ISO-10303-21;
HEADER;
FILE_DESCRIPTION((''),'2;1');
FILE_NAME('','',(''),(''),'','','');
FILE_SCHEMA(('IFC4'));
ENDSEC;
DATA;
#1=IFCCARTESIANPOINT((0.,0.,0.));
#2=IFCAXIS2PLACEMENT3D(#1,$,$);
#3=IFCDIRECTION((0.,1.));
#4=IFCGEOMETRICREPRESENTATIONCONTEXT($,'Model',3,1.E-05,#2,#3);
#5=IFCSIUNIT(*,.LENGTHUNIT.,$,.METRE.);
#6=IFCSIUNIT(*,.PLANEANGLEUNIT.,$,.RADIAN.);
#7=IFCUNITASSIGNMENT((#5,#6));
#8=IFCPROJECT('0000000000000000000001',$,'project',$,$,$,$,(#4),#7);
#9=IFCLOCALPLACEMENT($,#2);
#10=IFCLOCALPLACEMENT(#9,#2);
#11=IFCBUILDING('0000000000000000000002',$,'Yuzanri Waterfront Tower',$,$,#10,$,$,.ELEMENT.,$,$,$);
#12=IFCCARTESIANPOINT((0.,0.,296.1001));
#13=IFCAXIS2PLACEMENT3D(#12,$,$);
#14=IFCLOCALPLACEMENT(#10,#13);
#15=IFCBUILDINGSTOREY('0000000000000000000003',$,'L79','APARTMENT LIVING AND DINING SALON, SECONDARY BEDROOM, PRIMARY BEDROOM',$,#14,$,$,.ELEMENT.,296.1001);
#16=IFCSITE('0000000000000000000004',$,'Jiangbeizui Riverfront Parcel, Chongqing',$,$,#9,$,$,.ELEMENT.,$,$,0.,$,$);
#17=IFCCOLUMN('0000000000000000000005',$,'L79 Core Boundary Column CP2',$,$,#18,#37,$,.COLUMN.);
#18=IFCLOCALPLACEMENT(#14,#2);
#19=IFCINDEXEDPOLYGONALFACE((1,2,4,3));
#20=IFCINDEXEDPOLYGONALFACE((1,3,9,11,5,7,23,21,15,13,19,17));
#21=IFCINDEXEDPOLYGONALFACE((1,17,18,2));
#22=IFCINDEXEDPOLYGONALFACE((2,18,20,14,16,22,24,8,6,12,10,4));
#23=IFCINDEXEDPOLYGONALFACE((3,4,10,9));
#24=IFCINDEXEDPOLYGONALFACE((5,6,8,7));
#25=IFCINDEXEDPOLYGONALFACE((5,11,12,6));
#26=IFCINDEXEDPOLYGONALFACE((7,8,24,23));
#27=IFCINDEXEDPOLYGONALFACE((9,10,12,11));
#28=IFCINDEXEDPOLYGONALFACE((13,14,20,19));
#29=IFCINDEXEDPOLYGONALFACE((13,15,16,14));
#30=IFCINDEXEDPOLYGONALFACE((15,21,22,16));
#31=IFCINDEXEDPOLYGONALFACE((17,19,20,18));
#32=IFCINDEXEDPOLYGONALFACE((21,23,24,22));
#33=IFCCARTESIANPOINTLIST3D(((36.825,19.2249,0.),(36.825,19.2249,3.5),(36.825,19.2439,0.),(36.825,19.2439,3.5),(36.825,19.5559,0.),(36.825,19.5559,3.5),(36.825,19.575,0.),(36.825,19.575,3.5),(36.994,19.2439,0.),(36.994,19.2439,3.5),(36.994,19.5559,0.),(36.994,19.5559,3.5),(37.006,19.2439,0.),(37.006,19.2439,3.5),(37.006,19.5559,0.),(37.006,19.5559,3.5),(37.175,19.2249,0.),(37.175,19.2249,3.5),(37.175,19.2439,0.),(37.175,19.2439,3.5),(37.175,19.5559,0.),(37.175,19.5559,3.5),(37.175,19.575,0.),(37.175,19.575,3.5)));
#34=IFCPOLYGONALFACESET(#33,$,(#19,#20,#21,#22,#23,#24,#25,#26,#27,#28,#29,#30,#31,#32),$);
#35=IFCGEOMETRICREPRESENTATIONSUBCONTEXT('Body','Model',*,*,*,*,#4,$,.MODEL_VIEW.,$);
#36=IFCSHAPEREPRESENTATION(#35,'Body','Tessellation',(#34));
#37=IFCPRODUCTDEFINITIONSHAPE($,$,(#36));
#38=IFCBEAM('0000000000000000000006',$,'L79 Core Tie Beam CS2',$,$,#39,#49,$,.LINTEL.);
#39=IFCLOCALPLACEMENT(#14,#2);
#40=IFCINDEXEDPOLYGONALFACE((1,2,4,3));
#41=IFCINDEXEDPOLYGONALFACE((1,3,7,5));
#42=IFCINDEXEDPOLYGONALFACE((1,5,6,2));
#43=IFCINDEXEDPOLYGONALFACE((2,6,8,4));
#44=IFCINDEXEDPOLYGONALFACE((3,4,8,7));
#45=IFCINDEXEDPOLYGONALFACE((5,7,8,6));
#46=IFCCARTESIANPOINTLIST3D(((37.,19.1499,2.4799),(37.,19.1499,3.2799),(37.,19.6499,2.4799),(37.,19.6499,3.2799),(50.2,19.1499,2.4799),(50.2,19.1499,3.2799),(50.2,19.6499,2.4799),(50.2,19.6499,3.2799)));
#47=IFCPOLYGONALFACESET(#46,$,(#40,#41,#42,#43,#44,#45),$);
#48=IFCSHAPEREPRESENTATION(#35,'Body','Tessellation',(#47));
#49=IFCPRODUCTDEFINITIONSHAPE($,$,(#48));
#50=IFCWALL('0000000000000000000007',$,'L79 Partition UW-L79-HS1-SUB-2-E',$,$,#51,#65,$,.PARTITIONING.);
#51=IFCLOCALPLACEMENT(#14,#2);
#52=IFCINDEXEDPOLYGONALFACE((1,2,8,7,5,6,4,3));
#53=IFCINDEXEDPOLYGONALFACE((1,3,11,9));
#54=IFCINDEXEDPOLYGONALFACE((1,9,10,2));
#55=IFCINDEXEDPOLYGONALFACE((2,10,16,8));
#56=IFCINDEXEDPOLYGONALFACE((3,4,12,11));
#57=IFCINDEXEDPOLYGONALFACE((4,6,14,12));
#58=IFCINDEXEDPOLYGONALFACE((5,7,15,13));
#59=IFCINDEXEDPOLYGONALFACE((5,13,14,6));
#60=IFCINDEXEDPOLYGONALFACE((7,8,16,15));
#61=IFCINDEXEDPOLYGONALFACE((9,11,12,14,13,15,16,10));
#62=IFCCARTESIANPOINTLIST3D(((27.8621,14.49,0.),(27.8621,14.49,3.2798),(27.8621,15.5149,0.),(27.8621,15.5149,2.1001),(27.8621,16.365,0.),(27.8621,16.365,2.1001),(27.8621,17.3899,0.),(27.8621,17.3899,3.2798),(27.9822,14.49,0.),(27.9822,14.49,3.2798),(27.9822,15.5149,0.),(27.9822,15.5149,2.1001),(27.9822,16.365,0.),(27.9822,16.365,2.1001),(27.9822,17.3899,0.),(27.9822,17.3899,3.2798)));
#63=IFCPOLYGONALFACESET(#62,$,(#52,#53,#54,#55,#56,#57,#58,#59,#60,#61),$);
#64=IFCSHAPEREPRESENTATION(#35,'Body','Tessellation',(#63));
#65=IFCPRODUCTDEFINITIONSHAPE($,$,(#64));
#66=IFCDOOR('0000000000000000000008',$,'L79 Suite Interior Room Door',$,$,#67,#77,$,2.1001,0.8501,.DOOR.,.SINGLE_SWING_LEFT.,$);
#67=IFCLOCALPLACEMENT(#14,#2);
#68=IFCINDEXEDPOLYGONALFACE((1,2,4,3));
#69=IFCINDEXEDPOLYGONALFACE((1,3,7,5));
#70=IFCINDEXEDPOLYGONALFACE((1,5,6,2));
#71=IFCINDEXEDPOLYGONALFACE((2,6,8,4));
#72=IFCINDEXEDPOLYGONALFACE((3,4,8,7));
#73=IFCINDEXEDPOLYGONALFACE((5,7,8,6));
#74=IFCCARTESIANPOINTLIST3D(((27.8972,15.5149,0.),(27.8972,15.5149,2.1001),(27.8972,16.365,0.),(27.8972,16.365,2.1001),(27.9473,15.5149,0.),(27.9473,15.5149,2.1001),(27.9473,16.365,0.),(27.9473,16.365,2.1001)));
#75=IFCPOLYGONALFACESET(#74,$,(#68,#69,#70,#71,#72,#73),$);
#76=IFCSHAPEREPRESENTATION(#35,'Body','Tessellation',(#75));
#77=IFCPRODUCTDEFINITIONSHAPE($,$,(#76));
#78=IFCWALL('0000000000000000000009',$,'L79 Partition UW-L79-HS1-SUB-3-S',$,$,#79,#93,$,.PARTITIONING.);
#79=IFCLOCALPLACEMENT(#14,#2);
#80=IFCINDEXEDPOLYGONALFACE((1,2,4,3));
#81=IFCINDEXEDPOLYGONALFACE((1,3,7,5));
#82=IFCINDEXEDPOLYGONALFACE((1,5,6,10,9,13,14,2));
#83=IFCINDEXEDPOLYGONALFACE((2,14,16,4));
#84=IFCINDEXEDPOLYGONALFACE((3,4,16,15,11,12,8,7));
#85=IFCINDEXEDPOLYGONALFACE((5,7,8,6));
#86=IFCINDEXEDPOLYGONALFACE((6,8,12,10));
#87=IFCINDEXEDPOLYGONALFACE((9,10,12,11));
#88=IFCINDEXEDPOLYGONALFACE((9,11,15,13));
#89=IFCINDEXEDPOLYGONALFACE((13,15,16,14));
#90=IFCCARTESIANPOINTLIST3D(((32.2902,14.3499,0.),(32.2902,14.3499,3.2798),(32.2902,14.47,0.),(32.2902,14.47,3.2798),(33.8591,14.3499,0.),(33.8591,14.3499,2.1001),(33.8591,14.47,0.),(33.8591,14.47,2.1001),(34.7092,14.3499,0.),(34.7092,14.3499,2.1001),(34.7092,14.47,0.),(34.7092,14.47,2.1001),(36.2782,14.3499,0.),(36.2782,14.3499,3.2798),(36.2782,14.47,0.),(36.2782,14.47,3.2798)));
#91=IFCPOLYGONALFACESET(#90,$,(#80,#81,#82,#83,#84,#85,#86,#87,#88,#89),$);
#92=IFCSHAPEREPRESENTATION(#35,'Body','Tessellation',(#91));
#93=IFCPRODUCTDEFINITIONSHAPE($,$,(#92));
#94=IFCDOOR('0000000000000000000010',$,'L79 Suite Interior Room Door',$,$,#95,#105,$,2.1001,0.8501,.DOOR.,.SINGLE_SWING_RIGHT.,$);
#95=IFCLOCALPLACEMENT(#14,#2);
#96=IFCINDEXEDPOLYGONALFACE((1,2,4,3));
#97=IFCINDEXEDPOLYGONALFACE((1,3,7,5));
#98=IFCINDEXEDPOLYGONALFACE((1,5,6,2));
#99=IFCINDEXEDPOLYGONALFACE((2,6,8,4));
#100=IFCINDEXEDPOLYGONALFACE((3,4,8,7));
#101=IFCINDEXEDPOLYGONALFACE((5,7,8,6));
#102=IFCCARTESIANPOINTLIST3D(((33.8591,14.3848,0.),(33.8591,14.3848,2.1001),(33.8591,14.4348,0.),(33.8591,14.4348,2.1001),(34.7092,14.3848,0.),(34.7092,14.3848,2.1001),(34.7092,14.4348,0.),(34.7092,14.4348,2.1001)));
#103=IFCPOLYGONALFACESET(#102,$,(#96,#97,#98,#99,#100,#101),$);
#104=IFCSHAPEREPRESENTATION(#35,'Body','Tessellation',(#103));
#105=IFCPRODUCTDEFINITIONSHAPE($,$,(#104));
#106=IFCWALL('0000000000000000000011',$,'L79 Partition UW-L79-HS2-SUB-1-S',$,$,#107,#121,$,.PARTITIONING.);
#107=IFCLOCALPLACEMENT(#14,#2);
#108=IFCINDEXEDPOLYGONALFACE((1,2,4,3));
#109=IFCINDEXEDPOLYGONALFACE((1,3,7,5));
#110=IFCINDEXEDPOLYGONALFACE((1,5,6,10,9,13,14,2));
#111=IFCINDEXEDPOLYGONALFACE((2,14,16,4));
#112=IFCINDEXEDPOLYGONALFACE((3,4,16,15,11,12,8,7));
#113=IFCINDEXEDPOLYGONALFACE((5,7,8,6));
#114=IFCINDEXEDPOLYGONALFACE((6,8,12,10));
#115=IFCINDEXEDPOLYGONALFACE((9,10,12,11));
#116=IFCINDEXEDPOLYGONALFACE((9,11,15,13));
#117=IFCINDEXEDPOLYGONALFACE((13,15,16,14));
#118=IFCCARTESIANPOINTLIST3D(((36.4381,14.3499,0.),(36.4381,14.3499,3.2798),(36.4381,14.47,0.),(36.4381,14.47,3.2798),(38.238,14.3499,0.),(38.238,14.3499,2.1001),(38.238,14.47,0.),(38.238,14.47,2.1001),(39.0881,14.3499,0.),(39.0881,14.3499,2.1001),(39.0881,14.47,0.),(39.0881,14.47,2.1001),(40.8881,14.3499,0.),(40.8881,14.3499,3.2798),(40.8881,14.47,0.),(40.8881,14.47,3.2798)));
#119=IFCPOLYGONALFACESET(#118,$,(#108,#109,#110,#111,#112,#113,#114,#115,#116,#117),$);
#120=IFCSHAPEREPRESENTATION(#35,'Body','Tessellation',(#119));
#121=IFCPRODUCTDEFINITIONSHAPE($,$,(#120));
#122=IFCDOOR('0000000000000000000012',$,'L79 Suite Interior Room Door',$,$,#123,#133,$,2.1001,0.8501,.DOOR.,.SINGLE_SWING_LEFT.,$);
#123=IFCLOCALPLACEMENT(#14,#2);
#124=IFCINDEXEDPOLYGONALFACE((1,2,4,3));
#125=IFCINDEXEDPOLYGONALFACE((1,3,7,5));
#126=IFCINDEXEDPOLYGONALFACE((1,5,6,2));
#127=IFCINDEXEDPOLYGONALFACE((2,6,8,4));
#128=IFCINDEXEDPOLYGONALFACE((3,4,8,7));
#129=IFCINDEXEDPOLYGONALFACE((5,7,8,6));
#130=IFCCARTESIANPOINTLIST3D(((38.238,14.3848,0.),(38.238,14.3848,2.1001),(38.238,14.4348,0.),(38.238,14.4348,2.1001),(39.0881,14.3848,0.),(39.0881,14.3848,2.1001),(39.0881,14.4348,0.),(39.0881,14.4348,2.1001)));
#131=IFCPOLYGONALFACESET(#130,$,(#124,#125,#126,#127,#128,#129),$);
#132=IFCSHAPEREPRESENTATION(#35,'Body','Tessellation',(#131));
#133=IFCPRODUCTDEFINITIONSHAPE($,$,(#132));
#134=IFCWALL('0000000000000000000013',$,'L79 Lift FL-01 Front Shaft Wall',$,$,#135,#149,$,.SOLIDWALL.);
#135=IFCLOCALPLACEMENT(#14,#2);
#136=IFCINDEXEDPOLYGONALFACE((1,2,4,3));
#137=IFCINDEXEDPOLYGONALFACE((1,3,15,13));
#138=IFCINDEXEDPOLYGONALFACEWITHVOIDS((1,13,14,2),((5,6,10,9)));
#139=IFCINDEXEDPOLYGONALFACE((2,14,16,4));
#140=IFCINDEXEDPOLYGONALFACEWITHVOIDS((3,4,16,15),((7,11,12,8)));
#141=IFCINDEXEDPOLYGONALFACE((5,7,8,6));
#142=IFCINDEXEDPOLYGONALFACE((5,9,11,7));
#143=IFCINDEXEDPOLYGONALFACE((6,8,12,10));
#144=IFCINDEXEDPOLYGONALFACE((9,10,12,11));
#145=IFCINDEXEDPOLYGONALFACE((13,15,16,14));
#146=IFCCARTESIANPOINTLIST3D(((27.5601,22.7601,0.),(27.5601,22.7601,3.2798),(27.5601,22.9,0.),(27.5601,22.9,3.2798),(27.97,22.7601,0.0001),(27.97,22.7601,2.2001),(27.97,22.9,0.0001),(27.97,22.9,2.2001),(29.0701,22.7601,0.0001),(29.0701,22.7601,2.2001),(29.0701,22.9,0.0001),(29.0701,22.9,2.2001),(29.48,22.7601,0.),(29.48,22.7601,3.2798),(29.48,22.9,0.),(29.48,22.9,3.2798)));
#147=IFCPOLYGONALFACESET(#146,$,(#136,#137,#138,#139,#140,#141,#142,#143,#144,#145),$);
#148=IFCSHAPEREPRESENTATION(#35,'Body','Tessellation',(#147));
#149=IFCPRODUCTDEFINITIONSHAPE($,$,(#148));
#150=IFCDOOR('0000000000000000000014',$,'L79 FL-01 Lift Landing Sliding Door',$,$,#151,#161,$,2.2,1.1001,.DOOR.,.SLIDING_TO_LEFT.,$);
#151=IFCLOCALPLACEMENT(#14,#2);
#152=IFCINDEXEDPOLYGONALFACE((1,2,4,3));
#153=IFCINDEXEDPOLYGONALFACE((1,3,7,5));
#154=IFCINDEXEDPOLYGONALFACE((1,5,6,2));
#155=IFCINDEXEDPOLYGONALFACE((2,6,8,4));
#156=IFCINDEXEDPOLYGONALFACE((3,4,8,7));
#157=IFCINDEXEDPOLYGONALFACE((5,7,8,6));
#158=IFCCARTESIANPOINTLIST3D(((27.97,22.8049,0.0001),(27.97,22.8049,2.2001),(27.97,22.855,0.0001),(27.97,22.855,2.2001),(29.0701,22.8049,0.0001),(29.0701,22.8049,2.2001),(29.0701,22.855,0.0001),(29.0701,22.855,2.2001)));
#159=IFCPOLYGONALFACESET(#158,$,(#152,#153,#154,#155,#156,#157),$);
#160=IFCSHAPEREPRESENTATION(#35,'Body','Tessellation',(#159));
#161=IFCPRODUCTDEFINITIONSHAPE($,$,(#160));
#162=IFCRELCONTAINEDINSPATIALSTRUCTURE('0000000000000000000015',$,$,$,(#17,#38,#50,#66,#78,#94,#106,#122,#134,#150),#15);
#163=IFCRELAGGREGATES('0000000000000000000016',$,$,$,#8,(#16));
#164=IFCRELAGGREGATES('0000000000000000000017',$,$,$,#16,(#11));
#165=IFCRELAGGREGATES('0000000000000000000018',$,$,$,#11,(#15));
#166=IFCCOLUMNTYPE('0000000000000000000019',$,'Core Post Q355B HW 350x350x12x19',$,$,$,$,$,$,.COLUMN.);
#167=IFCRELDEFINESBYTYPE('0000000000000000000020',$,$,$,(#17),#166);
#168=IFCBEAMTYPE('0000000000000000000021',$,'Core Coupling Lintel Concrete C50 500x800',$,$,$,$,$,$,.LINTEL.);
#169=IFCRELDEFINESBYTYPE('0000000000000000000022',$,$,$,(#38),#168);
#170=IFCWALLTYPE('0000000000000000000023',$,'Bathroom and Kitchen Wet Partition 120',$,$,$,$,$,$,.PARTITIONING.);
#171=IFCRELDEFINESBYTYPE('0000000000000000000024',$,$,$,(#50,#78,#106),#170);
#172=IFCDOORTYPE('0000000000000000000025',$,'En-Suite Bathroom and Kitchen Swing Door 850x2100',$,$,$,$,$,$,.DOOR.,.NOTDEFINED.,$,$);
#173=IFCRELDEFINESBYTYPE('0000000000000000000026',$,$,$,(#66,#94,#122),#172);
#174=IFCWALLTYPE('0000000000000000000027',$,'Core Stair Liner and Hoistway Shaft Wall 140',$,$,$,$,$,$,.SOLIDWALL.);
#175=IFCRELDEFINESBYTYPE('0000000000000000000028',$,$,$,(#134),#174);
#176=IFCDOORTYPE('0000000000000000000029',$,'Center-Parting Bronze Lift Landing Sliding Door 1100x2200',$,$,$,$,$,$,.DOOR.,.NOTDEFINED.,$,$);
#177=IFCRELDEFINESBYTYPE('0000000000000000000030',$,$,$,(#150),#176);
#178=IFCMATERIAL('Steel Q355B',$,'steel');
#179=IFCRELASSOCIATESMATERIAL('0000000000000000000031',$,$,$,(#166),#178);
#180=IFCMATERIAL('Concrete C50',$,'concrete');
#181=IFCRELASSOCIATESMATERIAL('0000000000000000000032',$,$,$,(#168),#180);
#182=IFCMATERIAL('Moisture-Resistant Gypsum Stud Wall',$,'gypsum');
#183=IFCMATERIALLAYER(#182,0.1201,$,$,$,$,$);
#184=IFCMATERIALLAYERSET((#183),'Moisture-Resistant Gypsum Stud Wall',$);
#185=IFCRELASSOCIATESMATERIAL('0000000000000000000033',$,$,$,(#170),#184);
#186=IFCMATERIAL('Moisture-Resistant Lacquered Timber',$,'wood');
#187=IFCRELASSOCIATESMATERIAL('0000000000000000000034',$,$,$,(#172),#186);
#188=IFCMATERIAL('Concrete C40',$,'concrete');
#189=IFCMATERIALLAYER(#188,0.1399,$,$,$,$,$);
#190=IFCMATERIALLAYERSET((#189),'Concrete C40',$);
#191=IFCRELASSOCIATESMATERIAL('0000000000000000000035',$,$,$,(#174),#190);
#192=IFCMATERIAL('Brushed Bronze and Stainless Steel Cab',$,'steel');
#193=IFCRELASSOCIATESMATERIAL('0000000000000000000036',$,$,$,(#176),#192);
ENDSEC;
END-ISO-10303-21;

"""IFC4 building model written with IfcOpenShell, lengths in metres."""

from ifc_helpers import new_model, si_unit, direction, frame, frame_2d, origin, origin_2d, place, context, subcontext, project, spatial, rectangle, i_section, extrude, source, transform, mapped, material, layer, layer_set, material_profile, profile_set, type_object, element, fill, save


model = new_model("IFC4")

# Units and contexts
model_context = context("Model", 3, precision=1e-05, world=origin(), true_north=direction((0.0, 1.0)))
body_context = subcontext(model_context, "Body", "Model", "MODEL_VIEW")
ifc_project = project(units=[si_unit("LENGTHUNIT", "METRE"), si_unit("PLANEANGLEUNIT", "RADIAN")], contexts=[model_context])

# Site, building, storey
site_placement = place(None, origin())
site = spatial("IfcSite", under=ifc_project, at=site_placement, Name="Jiangbeizui Riverfront Parcel, Chongqing", CompositionType="ELEMENT", RefElevation=0.0)
building_placement = place(site_placement, origin())
building = spatial("IfcBuilding", under=site, at=building_placement, Name="Yuzanri Waterfront Tower", CompositionType="ELEMENT")
storey_placement = place(building_placement, frame((0.0, 0.0, 296.1001)))
storey = spatial("IfcBuildingStorey", under=building, at=storey_placement, Name="L79", Description="APARTMENT LIVING AND DINING SALON, SECONDARY BEDROOM, PRIMARY BEDROOM", CompositionType="ELEMENT", Elevation=296.1001)

# Column
ifc_material_1 = material(Name="Steel Q355B", Category="steel")
ifc_material_profile_1 = material_profile(ifc_material_1, i_section(OverallWidth=0.3501, OverallDepth=0.3501, WebThickness=0.012, FlangeThickness=0.019, at=origin_2d()), Name="HW 350x350x12x19")
ifc_profile_set_1 = profile_set([ifc_material_profile_1], Name="Steel Q355B")
column_type = type_object("IfcColumnType", Name="Core Post Q355B HW 350x350x12x19", PredefinedType="COLUMN", material=ifc_profile_set_1)
shared_shape_1 = source(origin(), body_context, "Body", "SweptSolid", [
    extrude(i_section(OverallWidth=0.3501, OverallDepth=0.3501, WebThickness=0.012, FlangeThickness=0.019, at=origin_2d()), origin(), (0.0, 0.0, 1.0), 3.5),
])
column_placement = place(storey_placement, frame((37.0, 19.3999, 0.0), z_axis=(0.0, 0.0, 1.0), x_axis=(1.0, 0.0, 0.0)))
element("IfcColumn", 1, at=column_placement, inside=storey, type_object=column_type, Name="L79 Core Boundary Column CP2", PredefinedType="COLUMN", context=body_context, shape_type="MappedRepresentation", body=[
    mapped(shared_shape_1, transform((0.0, 0.0, 0.0), scale=1.0)),
])

# Beam
ifc_material_2 = material(Name="Concrete C50", Category="concrete")
ifc_material_profile_2 = material_profile(ifc_material_2, rectangle(XDim=0.5, YDim=0.8, at=origin_2d()), Name="RC 500x800")
ifc_profile_set_2 = profile_set([ifc_material_profile_2], Name="Concrete C50")
beam_type = type_object("IfcBeamType", Name="Core Coupling Lintel Concrete C50 500x800", PredefinedType="LINTEL", material=ifc_profile_set_2)
shared_shape_2 = source(origin(), body_context, "Body", "SweptSolid", [
    extrude(rectangle(XDim=0.5, YDim=0.8, at=origin_2d()), origin(), (0.0, 0.0, 1.0), 13.2),
])
beam_placement = place(storey_placement, frame((37.0, 19.3999, 2.8799), z_axis=(1.0, 0.0, 0.0), x_axis=(0.0, 1.0, 0.0)))
element("IfcBeam", 2, at=beam_placement, inside=storey, type_object=beam_type, Name="L79 Core Tie Beam CS2", PredefinedType="LINTEL", context=body_context, shape_type="MappedRepresentation", body=[
    mapped(shared_shape_2, transform((0.0, 0.0, 0.0), scale=1.0)),
])

# Walls, openings, doors
ifc_material_3 = material(Name="Moisture-Resistant Gypsum Stud Wall", Category="gypsum")
ifc_layer_1 = layer(ifc_material_3, 0.1201)
ifc_layer_set_1 = layer_set([ifc_layer_1], Name="Moisture-Resistant Gypsum Stud Wall")
wall_type_1 = type_object("IfcWallType", Name="Bathroom and Kitchen Wet Partition 120", PredefinedType="PARTITIONING", material=ifc_layer_set_1)
wall_1_placement = place(storey_placement, frame((27.9221, 14.49, 0.0), z_axis=(0.0, 0.0, 1.0), x_axis=(0.0, 1.0, 0.0)))
wall_1 = element("IfcWall", 3, at=wall_1_placement, inside=storey, type_object=wall_type_1, Name="L79 Partition UW-L79-HS1-SUB-2-E", PredefinedType="PARTITIONING", context=body_context, shape_type="SweptSolid", body=[
    extrude(rectangle(XDim=2.8999, YDim=0.1201, at=frame_2d((1.45, 0.0))), origin(), (0.0, 0.0, 1.0), 3.2798),
])
opening_1_placement = place(wall_1_placement, frame((1.0249, 0.0, 0.0)))
opening_1 = element("IfcOpeningElement", 4, at=opening_1_placement, cuts=wall_1, PredefinedType="OPENING", context=body_context, shape_type="SweptSolid", body=[
    extrude(rectangle(XDim=0.8501, YDim=2.1001, at=frame_2d((0.425, 1.05))), frame((0.0, 0.075, 0.0), z_axis=(0.0, -1.0, 0.0), x_axis=(1.0, 0.0, 0.0)), (0.0, 0.0, 1.0), 0.1499),
])
ifc_material_4 = material(Name="Moisture-Resistant Lacquered Timber", Category="wood")
door_type_1 = type_object("IfcDoorType", Name="En-Suite Bathroom and Kitchen Swing Door 850x2100", OperationType="NOTDEFINED", PredefinedType="DOOR", material=ifc_material_4)
shared_shape_3 = source(origin(), body_context, "Body", "SweptSolid", [
    extrude(rectangle(XDim=0.8501, YDim=2.1001, at=frame_2d((0.425, 1.05))), frame((0.0, 0.0249, 0.0), z_axis=(0.0, -1.0, 0.0), x_axis=(1.0, 0.0, 0.0)), (0.0, 0.0, 1.0), 0.05),
])
door_1_placement = place(opening_1_placement, origin())
door_1 = element("IfcDoor", 5, at=door_1_placement, inside=storey, type_object=door_type_1, Name="L79 Suite Interior Room Door", OperationType="SINGLE_SWING_LEFT", OverallHeight=2.1001, OverallWidth=0.8501, PredefinedType="DOOR", context=body_context, shape_type="MappedRepresentation", body=[
    mapped(shared_shape_3, transform((0.0, 0.0, 0.0), scale=1.0)),
])
fill(opening_1, door_1)
wall_2_placement = place(storey_placement, frame((32.29, 14.4099, 0.0), z_axis=(0.0, 0.0, 1.0), x_axis=(1.0, 0.0, 0.0)))
wall_2 = element("IfcWall", 6, at=wall_2_placement, inside=storey, type_object=wall_type_1, Name="L79 Partition UW-L79-HS1-SUB-3-S", PredefinedType="PARTITIONING", context=body_context, shape_type="SweptSolid", body=[
    extrude(rectangle(XDim=3.988, YDim=0.1201, at=frame_2d((1.9941, 0.0))), origin(), (0.0, 0.0, 1.0), 3.2798),
])
opening_2_placement = place(wall_2_placement, frame((1.5691, 0.0, 0.0)))
opening_2 = element("IfcOpeningElement", 7, at=opening_2_placement, cuts=wall_2, PredefinedType="OPENING", context=body_context, shape_type="SweptSolid", body=[
    extrude(rectangle(XDim=0.8501, YDim=2.1001, at=frame_2d((0.425, 1.05))), frame((0.0, 0.075, 0.0), z_axis=(0.0, -1.0, 0.0), x_axis=(1.0, 0.0, 0.0)), (0.0, 0.0, 1.0), 0.1499),
])
door_2_placement = place(opening_2_placement, origin())
door_2 = element("IfcDoor", 8, at=door_2_placement, inside=storey, type_object=door_type_1, Name="L79 Suite Interior Room Door", OperationType="SINGLE_SWING_RIGHT", OverallHeight=2.1001, OverallWidth=0.8501, PredefinedType="DOOR", context=body_context, shape_type="MappedRepresentation", body=[
    mapped(shared_shape_3, transform((0.0, 0.0, 0.0), scale=1.0)),
])
fill(opening_2, door_2)
wall_3_placement = place(storey_placement, frame((36.438, 14.4099, 0.0), z_axis=(0.0, 0.0, 1.0), x_axis=(1.0, 0.0, 0.0)))
wall_3 = element("IfcWall", 9, at=wall_3_placement, inside=storey, type_object=wall_type_1, Name="L79 Partition UW-L79-HS2-SUB-1-S", PredefinedType="PARTITIONING", context=body_context, shape_type="SweptSolid", body=[
    extrude(rectangle(XDim=4.45, YDim=0.1201, at=frame_2d((2.2251, 0.0))), origin(), (0.0, 0.0, 1.0), 3.2798),
])
opening_3_placement = place(wall_3_placement, frame((1.8, 0.0, 0.0)))
opening_3 = element("IfcOpeningElement", 10, at=opening_3_placement, cuts=wall_3, PredefinedType="OPENING", context=body_context, shape_type="SweptSolid", body=[
    extrude(rectangle(XDim=0.8501, YDim=2.1001, at=frame_2d((0.425, 1.05))), frame((0.0, 0.075, 0.0), z_axis=(0.0, -1.0, 0.0), x_axis=(1.0, 0.0, 0.0)), (0.0, 0.0, 1.0), 0.1499),
])
door_3_placement = place(opening_3_placement, origin())
door_3 = element("IfcDoor", 11, at=door_3_placement, inside=storey, type_object=door_type_1, Name="L79 Suite Interior Room Door", OperationType="SINGLE_SWING_LEFT", OverallHeight=2.1001, OverallWidth=0.8501, PredefinedType="DOOR", context=body_context, shape_type="MappedRepresentation", body=[
    mapped(shared_shape_3, transform((0.0, 0.0, 0.0), scale=1.0)),
])
fill(opening_3, door_3)
ifc_material_5 = material(Name="Concrete C40", Category="concrete")
ifc_layer_2 = layer(ifc_material_5, 0.1399)
ifc_layer_set_2 = layer_set([ifc_layer_2], Name="Concrete C40")
wall_type_2 = type_object("IfcWallType", Name="Core Stair Liner and Hoistway Shaft Wall 140", PredefinedType="SOLIDWALL", material=ifc_layer_set_2)
wall_4_placement = place(storey_placement, frame((27.5601, 22.8301, 0.0), z_axis=(0.0, 0.0, 1.0), x_axis=(1.0, 0.0, 0.0)))
wall_4 = element("IfcWall", 12, at=wall_4_placement, inside=storey, type_object=wall_type_2, Name="L79 Lift FL-01 Front Shaft Wall", PredefinedType="SOLIDWALL", context=body_context, shape_type="SweptSolid", body=[
    extrude(rectangle(XDim=1.9199, YDim=0.1399, at=frame_2d((0.96, 0.0))), origin(), (0.0, 0.0, 1.0), 3.2798),
])
opening_4_placement = place(wall_4_placement, frame((0.4099, 0.0, 0.0)))
opening_4 = element("IfcOpeningElement", 13, at=opening_4_placement, cuts=wall_4, PredefinedType="OPENING", context=body_context, shape_type="SweptSolid", body=[
    extrude(rectangle(XDim=1.1001, YDim=2.2, at=frame_2d((0.55, 1.1001))), frame((0.0, 0.085, 0.0), z_axis=(0.0, -1.0, 0.0), x_axis=(1.0, 0.0, 0.0)), (0.0, 0.0, 1.0), 0.1697),
])
ifc_material_6 = material(Name="Brushed Bronze and Stainless Steel Cab", Category="steel")
door_type_2 = type_object("IfcDoorType", Name="Center-Parting Bronze Lift Landing Sliding Door 1100x2200", OperationType="NOTDEFINED", PredefinedType="DOOR", material=ifc_material_6)
shared_shape_4 = source(origin(), body_context, "Body", "SweptSolid", [
    extrude(rectangle(XDim=1.1001, YDim=2.2, at=frame_2d((0.55, 1.1001))), frame((0.0, 0.0249, 0.0), z_axis=(0.0, -1.0, 0.0), x_axis=(1.0, 0.0, 0.0)), (0.0, 0.0, 1.0), 0.05),
])
door_4_placement = place(opening_4_placement, origin())
door_4 = element("IfcDoor", 14, at=door_4_placement, inside=storey, type_object=door_type_2, Name="L79 FL-01 Lift Landing Sliding Door", OperationType="SLIDING_TO_LEFT", OverallHeight=2.2, OverallWidth=1.1001, PredefinedType="DOOR", context=body_context, shape_type="MappedRepresentation", body=[
    mapped(shared_shape_4, transform((0.0, 0.0, 0.0), scale=1.0)),
])
fill(opening_4, door_4)

save(model, "model.ifc")
